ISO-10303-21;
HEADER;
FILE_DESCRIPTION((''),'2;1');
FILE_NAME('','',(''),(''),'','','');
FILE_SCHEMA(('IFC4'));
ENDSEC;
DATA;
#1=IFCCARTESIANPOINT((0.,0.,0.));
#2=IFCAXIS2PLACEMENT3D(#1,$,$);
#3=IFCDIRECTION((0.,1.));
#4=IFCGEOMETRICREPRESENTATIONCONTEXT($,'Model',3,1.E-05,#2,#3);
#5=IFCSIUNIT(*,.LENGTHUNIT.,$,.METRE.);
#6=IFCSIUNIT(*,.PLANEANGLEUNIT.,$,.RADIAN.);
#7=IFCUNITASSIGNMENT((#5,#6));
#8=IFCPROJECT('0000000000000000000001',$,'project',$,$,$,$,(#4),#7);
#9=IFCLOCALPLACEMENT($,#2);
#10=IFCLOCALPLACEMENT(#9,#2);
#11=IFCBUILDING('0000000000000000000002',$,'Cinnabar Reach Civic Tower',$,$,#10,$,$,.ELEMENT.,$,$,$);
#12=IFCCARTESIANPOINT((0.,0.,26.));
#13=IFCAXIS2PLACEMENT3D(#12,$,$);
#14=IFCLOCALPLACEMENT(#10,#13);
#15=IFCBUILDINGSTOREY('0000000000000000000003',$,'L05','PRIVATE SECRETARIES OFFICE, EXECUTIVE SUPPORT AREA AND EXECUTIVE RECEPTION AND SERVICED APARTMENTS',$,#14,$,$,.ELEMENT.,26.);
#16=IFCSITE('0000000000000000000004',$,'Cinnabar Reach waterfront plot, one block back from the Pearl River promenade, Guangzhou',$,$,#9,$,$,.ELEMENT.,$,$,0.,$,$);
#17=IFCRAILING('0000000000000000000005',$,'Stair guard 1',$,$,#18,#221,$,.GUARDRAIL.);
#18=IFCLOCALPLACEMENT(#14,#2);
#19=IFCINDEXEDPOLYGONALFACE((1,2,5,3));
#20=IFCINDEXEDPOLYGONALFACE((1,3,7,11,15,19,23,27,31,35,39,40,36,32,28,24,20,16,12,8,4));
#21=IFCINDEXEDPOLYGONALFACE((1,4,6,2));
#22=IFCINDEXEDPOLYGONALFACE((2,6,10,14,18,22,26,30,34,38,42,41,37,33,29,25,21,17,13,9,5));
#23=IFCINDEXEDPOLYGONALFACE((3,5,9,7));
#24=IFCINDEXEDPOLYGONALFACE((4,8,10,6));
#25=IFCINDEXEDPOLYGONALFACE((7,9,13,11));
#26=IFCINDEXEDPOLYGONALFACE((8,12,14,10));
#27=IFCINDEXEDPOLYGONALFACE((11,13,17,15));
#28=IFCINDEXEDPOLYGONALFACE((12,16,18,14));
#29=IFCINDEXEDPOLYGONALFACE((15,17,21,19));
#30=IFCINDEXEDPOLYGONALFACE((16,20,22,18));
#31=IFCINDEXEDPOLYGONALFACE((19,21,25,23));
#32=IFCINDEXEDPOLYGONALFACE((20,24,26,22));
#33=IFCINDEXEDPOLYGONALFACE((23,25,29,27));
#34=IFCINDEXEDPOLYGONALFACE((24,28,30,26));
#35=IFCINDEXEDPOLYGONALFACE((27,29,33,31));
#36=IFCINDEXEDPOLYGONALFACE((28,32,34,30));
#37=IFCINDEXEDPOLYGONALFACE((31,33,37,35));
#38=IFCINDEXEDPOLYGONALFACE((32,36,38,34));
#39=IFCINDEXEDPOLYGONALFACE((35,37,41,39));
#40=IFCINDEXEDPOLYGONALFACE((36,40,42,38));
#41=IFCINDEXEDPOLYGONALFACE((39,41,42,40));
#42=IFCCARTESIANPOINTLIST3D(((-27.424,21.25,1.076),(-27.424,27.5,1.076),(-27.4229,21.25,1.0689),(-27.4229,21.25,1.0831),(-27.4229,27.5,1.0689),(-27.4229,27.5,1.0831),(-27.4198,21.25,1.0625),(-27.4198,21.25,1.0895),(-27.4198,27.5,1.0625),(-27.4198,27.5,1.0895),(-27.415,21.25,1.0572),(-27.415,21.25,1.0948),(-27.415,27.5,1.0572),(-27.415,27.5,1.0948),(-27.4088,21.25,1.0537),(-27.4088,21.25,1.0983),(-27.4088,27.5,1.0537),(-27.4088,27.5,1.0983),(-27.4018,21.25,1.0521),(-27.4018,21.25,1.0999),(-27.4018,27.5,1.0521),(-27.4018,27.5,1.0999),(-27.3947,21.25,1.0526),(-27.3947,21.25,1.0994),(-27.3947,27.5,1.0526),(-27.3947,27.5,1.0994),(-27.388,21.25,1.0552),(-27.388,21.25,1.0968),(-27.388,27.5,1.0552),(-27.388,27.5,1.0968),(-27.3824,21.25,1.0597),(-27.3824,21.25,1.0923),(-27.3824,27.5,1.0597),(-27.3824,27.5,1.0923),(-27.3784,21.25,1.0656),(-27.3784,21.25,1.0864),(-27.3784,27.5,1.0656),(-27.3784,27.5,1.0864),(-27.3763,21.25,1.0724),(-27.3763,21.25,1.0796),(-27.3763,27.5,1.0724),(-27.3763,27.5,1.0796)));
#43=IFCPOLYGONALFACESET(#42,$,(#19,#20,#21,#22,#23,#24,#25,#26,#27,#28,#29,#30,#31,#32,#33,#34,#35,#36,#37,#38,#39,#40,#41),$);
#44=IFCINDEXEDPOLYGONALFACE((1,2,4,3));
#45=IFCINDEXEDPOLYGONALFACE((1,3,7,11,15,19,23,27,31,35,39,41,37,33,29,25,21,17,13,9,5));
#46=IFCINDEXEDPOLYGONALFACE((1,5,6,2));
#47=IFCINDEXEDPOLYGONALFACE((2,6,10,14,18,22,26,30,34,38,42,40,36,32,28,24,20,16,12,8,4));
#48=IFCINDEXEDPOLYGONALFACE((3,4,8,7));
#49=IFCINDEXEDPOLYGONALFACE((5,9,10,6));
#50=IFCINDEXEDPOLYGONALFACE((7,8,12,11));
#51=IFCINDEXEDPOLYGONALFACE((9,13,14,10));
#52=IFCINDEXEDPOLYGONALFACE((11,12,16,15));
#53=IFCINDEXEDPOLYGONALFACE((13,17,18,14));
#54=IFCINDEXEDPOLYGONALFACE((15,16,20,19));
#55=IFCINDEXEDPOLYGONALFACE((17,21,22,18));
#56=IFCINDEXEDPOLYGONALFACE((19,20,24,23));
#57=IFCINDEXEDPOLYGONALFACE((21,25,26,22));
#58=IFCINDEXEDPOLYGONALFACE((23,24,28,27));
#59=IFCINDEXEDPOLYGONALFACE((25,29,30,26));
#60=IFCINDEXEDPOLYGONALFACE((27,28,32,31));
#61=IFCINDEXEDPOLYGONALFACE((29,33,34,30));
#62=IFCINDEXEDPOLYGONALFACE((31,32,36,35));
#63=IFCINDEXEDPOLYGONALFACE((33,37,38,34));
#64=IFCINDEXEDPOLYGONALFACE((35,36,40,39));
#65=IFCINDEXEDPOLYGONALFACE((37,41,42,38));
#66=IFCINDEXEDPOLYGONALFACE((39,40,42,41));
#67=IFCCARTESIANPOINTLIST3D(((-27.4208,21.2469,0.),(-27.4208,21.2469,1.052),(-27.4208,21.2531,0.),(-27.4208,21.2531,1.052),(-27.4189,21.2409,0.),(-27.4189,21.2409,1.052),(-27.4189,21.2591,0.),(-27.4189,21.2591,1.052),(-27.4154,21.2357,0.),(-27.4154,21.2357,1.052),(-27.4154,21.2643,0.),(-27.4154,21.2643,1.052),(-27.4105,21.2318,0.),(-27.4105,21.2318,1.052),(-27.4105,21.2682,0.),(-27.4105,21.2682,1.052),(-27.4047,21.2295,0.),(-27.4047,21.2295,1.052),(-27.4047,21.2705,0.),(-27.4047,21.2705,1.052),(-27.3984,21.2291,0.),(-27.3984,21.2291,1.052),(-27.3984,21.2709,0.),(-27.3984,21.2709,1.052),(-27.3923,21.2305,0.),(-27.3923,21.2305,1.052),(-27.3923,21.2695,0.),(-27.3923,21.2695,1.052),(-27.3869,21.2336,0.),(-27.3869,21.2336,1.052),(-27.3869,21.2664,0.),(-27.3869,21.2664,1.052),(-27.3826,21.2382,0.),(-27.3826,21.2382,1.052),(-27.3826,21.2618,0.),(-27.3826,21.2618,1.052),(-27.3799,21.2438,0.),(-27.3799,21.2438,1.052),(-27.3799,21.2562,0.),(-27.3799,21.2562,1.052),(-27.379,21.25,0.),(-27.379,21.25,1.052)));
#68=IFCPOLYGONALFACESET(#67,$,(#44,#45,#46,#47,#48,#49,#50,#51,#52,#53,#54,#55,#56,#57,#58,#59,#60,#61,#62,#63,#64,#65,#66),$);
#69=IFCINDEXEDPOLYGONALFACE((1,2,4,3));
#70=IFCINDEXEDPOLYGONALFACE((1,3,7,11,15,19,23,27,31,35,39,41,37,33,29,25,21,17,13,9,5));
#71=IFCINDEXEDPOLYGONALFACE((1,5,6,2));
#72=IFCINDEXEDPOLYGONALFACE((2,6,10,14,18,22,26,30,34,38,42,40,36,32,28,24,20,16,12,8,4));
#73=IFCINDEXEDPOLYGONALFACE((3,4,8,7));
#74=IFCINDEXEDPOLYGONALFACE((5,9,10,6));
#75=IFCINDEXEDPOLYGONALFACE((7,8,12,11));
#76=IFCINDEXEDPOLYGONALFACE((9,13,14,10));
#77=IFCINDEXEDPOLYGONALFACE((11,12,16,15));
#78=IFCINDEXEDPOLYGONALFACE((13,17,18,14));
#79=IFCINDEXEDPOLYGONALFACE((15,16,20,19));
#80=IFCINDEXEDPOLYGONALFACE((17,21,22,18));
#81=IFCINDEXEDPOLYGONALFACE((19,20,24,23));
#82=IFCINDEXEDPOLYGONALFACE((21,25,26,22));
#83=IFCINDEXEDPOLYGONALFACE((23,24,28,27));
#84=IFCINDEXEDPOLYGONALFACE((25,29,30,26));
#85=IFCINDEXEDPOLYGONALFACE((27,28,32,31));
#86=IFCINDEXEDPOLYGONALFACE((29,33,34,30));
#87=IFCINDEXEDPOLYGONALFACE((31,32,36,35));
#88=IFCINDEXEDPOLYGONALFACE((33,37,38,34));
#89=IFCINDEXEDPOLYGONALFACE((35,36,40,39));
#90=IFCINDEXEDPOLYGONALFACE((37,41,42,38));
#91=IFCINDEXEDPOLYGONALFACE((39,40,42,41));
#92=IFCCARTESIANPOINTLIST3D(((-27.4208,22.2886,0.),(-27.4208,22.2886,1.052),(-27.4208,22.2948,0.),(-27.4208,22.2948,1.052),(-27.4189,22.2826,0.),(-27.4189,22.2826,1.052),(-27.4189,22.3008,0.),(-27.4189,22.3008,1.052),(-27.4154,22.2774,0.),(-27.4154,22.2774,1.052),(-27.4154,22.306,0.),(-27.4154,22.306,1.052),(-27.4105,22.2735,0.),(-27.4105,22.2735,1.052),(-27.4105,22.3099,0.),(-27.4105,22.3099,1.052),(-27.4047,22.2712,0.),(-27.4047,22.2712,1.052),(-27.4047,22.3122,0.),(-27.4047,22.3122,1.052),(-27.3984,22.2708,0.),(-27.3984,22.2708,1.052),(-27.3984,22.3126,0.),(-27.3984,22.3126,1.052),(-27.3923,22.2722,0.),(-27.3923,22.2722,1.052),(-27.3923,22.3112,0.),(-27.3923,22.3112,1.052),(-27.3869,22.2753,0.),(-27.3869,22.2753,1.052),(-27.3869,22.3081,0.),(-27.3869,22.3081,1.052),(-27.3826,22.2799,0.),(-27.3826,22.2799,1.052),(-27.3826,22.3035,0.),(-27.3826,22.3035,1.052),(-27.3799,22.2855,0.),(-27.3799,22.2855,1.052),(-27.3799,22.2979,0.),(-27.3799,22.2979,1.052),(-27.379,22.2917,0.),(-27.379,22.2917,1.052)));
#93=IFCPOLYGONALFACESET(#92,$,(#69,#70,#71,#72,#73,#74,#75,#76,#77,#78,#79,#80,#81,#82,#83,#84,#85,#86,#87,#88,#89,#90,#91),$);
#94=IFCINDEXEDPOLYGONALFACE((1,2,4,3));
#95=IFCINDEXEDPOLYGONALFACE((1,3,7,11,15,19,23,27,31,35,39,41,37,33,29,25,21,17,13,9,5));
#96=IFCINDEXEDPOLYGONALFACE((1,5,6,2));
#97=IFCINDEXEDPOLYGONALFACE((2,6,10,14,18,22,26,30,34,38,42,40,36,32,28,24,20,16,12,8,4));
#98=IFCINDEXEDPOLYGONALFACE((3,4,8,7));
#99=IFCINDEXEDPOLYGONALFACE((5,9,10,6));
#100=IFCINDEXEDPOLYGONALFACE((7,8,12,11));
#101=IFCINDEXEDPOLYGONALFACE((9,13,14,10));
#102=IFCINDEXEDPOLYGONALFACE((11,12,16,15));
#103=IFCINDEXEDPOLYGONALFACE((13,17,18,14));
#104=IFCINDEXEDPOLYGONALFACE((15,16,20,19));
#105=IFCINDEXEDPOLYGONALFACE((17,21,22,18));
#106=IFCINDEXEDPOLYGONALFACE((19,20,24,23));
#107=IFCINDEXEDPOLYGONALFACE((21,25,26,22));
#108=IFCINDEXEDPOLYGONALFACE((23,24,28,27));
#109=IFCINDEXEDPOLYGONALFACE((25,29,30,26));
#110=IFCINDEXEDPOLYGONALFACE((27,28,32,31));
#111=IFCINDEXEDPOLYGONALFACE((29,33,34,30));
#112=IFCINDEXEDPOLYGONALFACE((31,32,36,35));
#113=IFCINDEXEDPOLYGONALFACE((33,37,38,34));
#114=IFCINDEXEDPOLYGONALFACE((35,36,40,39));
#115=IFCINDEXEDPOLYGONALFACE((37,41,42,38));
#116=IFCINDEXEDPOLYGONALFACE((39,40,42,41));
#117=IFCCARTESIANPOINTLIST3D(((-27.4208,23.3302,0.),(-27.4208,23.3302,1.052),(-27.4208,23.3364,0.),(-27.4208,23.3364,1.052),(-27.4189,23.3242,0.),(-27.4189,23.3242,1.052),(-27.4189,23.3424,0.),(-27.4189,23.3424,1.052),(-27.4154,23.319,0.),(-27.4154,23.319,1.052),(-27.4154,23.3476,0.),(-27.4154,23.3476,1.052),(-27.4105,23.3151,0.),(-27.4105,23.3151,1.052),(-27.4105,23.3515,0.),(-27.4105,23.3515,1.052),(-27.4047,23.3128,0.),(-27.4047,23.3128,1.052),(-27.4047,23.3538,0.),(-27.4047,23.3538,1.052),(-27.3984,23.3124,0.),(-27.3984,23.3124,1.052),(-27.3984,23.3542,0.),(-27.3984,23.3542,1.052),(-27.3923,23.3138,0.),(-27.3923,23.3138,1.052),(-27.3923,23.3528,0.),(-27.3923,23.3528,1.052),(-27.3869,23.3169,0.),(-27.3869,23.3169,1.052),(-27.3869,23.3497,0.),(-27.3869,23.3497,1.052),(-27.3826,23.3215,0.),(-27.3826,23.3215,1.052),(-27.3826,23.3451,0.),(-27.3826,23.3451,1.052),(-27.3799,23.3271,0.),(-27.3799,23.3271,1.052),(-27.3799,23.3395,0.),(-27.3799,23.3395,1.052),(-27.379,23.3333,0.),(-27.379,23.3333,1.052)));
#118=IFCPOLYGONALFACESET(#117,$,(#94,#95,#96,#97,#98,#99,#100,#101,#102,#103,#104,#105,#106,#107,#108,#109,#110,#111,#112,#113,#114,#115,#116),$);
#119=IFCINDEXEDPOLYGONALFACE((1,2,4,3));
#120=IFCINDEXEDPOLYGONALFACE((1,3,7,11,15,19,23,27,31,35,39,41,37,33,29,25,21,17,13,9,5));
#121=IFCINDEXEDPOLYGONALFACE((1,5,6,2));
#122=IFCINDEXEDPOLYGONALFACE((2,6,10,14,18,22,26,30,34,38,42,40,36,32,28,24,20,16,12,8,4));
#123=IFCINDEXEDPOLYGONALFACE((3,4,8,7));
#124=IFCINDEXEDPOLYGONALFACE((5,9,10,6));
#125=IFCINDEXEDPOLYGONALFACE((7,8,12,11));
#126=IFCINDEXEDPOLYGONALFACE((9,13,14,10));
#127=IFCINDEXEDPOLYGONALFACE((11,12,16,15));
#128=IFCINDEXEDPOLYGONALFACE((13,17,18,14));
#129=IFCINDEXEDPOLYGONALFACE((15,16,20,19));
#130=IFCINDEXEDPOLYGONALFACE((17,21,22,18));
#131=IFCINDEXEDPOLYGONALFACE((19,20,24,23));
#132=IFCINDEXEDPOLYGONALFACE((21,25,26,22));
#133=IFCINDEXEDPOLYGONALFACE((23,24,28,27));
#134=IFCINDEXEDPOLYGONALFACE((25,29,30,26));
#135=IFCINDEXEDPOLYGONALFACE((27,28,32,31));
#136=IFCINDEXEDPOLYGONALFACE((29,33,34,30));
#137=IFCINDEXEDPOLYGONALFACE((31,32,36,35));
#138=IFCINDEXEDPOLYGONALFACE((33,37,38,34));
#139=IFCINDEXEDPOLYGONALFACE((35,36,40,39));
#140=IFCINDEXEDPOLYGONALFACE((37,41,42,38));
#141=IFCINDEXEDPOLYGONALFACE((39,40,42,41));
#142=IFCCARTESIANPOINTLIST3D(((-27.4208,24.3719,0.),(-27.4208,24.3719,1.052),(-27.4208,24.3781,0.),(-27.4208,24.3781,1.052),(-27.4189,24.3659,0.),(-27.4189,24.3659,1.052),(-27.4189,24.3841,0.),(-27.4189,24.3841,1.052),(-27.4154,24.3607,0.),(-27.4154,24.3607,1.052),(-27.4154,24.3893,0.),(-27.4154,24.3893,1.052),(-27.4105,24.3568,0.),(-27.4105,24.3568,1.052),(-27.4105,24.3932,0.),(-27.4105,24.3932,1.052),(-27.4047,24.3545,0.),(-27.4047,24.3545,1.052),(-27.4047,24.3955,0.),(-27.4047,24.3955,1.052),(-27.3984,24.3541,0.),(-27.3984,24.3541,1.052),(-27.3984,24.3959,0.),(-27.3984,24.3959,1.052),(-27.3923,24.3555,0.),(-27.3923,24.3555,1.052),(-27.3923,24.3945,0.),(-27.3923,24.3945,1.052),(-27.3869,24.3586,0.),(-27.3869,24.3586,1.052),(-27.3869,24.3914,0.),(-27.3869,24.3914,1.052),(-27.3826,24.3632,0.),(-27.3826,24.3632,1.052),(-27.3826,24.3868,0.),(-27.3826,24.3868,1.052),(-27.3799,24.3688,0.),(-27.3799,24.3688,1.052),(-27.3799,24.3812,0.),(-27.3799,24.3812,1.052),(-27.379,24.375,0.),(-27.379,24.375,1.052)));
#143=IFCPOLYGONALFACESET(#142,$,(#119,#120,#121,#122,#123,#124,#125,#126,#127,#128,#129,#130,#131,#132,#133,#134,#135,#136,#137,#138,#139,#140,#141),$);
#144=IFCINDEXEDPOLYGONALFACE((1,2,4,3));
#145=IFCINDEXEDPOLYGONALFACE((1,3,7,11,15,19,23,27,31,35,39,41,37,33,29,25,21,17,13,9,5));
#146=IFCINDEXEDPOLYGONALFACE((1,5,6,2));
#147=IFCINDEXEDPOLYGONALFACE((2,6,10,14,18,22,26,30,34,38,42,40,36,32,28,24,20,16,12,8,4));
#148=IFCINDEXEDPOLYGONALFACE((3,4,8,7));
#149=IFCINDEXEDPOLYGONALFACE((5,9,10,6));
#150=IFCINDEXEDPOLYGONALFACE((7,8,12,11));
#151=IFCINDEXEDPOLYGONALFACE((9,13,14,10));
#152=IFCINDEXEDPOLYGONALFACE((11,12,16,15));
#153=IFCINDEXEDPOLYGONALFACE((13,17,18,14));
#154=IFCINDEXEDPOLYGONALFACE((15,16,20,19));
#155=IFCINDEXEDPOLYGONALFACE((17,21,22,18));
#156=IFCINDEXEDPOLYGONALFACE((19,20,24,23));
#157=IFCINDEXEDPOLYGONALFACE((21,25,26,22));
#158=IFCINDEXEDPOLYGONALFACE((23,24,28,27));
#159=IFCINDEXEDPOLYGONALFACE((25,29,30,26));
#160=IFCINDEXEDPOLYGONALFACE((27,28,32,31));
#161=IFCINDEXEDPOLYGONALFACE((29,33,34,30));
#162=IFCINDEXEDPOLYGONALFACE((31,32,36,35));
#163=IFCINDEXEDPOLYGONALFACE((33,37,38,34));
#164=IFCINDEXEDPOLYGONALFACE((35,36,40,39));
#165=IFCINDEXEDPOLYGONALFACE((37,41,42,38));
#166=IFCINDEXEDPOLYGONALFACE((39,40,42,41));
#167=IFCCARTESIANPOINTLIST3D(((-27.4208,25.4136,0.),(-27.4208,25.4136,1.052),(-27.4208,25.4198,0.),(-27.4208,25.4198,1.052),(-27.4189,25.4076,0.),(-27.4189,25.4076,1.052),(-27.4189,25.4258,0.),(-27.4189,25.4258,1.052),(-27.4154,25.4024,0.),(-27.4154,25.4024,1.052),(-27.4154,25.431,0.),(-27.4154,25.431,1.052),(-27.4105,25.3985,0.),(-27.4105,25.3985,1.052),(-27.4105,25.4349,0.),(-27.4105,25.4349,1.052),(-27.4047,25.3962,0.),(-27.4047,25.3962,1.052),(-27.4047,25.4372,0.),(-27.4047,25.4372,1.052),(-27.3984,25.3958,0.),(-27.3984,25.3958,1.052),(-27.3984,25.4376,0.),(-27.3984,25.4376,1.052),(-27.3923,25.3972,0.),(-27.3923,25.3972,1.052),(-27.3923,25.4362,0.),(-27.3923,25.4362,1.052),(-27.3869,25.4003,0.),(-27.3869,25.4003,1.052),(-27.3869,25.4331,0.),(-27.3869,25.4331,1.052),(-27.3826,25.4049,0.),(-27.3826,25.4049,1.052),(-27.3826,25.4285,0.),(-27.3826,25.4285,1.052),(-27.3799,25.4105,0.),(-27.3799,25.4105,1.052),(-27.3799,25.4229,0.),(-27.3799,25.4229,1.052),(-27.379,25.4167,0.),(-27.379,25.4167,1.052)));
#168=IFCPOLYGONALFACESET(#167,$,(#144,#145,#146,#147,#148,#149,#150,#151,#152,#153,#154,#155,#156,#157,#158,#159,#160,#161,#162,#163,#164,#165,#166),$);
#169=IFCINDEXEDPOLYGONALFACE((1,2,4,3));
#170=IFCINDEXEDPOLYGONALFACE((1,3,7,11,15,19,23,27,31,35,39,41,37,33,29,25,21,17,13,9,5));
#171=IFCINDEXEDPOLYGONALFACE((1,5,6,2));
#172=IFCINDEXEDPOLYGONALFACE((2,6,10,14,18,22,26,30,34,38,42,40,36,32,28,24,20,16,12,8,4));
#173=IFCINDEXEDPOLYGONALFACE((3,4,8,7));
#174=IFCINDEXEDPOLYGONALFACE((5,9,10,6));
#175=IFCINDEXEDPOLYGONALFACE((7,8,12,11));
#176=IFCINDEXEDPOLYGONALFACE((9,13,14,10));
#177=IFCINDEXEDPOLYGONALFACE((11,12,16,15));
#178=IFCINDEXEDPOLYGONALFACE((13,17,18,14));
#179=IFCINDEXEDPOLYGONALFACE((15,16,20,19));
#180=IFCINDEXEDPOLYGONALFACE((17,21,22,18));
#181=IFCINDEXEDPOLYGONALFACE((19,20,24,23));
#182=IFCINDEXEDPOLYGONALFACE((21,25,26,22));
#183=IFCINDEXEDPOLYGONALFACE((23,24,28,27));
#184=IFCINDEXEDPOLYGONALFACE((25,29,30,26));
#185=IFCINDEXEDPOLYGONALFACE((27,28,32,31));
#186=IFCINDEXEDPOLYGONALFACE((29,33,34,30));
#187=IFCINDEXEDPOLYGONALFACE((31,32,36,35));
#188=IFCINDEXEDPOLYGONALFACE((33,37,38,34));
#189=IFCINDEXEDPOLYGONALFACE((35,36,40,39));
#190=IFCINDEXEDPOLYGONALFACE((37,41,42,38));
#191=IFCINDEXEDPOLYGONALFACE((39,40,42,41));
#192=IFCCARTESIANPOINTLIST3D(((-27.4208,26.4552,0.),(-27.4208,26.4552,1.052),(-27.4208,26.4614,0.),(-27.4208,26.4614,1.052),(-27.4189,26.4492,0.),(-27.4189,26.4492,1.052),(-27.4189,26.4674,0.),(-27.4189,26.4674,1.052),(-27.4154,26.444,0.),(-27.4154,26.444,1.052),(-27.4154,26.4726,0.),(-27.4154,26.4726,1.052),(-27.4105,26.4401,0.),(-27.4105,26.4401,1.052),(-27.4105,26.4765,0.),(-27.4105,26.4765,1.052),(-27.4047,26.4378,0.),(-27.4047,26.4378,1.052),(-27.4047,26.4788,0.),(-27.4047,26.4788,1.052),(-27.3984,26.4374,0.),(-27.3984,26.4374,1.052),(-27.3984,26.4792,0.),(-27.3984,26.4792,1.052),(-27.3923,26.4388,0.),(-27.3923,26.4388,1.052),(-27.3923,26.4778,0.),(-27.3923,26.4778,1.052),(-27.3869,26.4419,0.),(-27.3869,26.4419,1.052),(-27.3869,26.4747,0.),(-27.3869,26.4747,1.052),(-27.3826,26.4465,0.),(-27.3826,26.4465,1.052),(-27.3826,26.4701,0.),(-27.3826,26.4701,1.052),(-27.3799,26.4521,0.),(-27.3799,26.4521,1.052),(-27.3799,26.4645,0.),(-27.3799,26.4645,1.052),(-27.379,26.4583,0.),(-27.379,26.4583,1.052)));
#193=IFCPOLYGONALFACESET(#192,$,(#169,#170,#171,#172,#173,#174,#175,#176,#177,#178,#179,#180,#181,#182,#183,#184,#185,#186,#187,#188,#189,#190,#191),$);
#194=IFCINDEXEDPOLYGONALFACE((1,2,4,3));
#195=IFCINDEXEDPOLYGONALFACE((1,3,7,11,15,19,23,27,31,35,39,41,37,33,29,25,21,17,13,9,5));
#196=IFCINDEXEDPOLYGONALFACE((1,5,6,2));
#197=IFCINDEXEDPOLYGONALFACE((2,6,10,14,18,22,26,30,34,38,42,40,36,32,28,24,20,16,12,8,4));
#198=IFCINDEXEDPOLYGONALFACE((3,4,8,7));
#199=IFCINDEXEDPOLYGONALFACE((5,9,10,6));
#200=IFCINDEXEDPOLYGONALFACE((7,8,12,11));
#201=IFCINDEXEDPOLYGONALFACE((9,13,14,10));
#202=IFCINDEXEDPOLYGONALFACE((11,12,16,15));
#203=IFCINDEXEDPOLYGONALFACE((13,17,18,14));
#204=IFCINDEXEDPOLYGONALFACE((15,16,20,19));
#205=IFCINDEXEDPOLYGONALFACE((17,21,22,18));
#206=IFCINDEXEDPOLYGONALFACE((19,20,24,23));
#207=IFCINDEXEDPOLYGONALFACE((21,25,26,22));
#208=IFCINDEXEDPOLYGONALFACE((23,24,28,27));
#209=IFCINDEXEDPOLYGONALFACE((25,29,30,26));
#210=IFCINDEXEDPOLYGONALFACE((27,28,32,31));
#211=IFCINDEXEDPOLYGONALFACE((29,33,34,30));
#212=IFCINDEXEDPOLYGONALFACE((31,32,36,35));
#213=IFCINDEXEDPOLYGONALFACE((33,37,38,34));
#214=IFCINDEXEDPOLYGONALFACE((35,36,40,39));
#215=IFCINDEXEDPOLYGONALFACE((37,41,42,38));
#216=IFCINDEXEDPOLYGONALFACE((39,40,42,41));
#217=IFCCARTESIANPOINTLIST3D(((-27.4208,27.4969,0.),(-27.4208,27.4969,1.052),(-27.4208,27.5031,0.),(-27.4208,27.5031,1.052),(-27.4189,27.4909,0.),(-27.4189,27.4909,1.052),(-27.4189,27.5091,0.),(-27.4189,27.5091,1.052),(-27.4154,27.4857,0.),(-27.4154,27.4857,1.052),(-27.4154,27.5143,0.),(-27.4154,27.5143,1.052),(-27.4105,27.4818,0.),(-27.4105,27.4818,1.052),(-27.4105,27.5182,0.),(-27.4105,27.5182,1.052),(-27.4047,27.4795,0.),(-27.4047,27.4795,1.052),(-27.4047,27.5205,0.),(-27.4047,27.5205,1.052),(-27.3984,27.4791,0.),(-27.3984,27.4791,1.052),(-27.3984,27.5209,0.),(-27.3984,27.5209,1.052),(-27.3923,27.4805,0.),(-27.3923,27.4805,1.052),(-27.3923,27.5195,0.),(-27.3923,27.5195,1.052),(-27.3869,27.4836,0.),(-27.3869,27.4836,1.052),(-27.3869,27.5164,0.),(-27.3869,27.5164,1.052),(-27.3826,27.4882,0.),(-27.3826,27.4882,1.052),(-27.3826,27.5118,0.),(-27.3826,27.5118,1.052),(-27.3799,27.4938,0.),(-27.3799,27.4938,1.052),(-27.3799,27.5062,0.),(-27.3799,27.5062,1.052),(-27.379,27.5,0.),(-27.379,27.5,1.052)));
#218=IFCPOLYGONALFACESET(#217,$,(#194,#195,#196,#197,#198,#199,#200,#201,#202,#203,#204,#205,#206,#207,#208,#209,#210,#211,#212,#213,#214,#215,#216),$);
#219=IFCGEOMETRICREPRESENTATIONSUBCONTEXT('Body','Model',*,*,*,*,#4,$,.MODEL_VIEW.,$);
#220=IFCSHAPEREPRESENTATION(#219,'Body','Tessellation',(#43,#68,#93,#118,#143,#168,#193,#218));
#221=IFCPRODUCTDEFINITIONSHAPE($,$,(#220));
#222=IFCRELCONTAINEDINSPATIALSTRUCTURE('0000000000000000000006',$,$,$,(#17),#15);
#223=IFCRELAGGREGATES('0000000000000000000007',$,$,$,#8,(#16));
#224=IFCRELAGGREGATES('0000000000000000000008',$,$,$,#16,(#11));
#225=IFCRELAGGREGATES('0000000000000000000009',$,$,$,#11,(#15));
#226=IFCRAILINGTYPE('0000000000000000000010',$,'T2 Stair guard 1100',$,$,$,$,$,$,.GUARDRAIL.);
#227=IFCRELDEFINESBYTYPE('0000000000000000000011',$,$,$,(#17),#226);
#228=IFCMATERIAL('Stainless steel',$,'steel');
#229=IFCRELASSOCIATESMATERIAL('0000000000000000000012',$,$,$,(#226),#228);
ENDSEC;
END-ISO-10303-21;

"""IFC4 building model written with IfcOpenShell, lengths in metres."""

from ifc_helpers import new_model, si_unit, direction, frame, origin, origin_2d, place, context, subcontext, project, spatial, circle, extrude, material, type_object, element, save


model = new_model("IFC4")

# Units and contexts
model_context = context("Model", 3, precision=1e-05, world=origin(), true_north=direction((0.0, 1.0)))
body_context = subcontext(model_context, "Body", "Model", "MODEL_VIEW")
ifc_project = project(units=[si_unit("LENGTHUNIT", "METRE"), si_unit("PLANEANGLEUNIT", "RADIAN")], contexts=[model_context])

# Site, building, storey
site_placement = place(None, origin())
site = spatial("IfcSite", under=ifc_project, at=site_placement, Name="Cinnabar Reach waterfront plot, one block back from the Pearl River promenade, Guangzhou", CompositionType="ELEMENT", RefElevation=0.0)
building_placement = place(site_placement, origin())
building = spatial("IfcBuilding", under=site, at=building_placement, Name="Cinnabar Reach Civic Tower", CompositionType="ELEMENT")
storey_placement = place(building_placement, frame((0.0, 0.0, 26.0)))
storey = spatial("IfcBuildingStorey", under=building, at=storey_placement, Name="L05", Description="PRIVATE SECRETARIES OFFICE, EXECUTIVE SUPPORT AREA AND EXECUTIVE RECEPTION AND SERVICED APARTMENTS", CompositionType="ELEMENT", Elevation=26.0)

# Railing
ifc_material_1 = material(Name="Stainless steel", Category="steel")
railing_type = type_object("IfcRailingType", Name="T2 Stair guard 1100", PredefinedType="GUARDRAIL", material=ifc_material_1)
for number, where, name in (
    (1, (-27.4, 21.25, 0.0), "Stair guard 1"),
):
    element("IfcRailing", number, at=place(storey_placement, frame(where)), inside=storey, type_object=railing_type, Name=name, PredefinedType="GUARDRAIL", context=body_context, shape_type="SweptSolid", body=[
        extrude(circle(Radius=0.024, at=origin_2d()), frame((0.0, 0.0, 1.076), z_axis=(0.0, 1.0, 0.0), x_axis=(-1.0, 0.0, 0.0)), (0.0, 0.0, 1.0), 6.25),
        extrude(circle(Radius=0.021, at=origin_2d()), origin(), (0.0, 0.0, 1.0), 1.052),
        extrude(circle(Radius=0.021, at=origin_2d()), frame((0.0, 1.0417, 0.0)), (0.0, 0.0, 1.0), 1.052),
        extrude(circle(Radius=0.021, at=origin_2d()), frame((0.0, 2.0833, 0.0)), (0.0, 0.0, 1.0), 1.052),
        extrude(circle(Radius=0.021, at=origin_2d()), frame((0.0, 3.125, 0.0)), (0.0, 0.0, 1.0), 1.052),
        extrude(circle(Radius=0.021, at=origin_2d()), frame((0.0, 4.1667, 0.0)), (0.0, 0.0, 1.0), 1.052),
        extrude(circle(Radius=0.021, at=origin_2d()), frame((0.0, 5.2083, 0.0)), (0.0, 0.0, 1.0), 1.052),
        extrude(circle(Radius=0.021, at=origin_2d()), frame((0.0, 6.25, 0.0)), (0.0, 0.0, 1.0), 1.052),
    ])

save(model, "model.ifc")
